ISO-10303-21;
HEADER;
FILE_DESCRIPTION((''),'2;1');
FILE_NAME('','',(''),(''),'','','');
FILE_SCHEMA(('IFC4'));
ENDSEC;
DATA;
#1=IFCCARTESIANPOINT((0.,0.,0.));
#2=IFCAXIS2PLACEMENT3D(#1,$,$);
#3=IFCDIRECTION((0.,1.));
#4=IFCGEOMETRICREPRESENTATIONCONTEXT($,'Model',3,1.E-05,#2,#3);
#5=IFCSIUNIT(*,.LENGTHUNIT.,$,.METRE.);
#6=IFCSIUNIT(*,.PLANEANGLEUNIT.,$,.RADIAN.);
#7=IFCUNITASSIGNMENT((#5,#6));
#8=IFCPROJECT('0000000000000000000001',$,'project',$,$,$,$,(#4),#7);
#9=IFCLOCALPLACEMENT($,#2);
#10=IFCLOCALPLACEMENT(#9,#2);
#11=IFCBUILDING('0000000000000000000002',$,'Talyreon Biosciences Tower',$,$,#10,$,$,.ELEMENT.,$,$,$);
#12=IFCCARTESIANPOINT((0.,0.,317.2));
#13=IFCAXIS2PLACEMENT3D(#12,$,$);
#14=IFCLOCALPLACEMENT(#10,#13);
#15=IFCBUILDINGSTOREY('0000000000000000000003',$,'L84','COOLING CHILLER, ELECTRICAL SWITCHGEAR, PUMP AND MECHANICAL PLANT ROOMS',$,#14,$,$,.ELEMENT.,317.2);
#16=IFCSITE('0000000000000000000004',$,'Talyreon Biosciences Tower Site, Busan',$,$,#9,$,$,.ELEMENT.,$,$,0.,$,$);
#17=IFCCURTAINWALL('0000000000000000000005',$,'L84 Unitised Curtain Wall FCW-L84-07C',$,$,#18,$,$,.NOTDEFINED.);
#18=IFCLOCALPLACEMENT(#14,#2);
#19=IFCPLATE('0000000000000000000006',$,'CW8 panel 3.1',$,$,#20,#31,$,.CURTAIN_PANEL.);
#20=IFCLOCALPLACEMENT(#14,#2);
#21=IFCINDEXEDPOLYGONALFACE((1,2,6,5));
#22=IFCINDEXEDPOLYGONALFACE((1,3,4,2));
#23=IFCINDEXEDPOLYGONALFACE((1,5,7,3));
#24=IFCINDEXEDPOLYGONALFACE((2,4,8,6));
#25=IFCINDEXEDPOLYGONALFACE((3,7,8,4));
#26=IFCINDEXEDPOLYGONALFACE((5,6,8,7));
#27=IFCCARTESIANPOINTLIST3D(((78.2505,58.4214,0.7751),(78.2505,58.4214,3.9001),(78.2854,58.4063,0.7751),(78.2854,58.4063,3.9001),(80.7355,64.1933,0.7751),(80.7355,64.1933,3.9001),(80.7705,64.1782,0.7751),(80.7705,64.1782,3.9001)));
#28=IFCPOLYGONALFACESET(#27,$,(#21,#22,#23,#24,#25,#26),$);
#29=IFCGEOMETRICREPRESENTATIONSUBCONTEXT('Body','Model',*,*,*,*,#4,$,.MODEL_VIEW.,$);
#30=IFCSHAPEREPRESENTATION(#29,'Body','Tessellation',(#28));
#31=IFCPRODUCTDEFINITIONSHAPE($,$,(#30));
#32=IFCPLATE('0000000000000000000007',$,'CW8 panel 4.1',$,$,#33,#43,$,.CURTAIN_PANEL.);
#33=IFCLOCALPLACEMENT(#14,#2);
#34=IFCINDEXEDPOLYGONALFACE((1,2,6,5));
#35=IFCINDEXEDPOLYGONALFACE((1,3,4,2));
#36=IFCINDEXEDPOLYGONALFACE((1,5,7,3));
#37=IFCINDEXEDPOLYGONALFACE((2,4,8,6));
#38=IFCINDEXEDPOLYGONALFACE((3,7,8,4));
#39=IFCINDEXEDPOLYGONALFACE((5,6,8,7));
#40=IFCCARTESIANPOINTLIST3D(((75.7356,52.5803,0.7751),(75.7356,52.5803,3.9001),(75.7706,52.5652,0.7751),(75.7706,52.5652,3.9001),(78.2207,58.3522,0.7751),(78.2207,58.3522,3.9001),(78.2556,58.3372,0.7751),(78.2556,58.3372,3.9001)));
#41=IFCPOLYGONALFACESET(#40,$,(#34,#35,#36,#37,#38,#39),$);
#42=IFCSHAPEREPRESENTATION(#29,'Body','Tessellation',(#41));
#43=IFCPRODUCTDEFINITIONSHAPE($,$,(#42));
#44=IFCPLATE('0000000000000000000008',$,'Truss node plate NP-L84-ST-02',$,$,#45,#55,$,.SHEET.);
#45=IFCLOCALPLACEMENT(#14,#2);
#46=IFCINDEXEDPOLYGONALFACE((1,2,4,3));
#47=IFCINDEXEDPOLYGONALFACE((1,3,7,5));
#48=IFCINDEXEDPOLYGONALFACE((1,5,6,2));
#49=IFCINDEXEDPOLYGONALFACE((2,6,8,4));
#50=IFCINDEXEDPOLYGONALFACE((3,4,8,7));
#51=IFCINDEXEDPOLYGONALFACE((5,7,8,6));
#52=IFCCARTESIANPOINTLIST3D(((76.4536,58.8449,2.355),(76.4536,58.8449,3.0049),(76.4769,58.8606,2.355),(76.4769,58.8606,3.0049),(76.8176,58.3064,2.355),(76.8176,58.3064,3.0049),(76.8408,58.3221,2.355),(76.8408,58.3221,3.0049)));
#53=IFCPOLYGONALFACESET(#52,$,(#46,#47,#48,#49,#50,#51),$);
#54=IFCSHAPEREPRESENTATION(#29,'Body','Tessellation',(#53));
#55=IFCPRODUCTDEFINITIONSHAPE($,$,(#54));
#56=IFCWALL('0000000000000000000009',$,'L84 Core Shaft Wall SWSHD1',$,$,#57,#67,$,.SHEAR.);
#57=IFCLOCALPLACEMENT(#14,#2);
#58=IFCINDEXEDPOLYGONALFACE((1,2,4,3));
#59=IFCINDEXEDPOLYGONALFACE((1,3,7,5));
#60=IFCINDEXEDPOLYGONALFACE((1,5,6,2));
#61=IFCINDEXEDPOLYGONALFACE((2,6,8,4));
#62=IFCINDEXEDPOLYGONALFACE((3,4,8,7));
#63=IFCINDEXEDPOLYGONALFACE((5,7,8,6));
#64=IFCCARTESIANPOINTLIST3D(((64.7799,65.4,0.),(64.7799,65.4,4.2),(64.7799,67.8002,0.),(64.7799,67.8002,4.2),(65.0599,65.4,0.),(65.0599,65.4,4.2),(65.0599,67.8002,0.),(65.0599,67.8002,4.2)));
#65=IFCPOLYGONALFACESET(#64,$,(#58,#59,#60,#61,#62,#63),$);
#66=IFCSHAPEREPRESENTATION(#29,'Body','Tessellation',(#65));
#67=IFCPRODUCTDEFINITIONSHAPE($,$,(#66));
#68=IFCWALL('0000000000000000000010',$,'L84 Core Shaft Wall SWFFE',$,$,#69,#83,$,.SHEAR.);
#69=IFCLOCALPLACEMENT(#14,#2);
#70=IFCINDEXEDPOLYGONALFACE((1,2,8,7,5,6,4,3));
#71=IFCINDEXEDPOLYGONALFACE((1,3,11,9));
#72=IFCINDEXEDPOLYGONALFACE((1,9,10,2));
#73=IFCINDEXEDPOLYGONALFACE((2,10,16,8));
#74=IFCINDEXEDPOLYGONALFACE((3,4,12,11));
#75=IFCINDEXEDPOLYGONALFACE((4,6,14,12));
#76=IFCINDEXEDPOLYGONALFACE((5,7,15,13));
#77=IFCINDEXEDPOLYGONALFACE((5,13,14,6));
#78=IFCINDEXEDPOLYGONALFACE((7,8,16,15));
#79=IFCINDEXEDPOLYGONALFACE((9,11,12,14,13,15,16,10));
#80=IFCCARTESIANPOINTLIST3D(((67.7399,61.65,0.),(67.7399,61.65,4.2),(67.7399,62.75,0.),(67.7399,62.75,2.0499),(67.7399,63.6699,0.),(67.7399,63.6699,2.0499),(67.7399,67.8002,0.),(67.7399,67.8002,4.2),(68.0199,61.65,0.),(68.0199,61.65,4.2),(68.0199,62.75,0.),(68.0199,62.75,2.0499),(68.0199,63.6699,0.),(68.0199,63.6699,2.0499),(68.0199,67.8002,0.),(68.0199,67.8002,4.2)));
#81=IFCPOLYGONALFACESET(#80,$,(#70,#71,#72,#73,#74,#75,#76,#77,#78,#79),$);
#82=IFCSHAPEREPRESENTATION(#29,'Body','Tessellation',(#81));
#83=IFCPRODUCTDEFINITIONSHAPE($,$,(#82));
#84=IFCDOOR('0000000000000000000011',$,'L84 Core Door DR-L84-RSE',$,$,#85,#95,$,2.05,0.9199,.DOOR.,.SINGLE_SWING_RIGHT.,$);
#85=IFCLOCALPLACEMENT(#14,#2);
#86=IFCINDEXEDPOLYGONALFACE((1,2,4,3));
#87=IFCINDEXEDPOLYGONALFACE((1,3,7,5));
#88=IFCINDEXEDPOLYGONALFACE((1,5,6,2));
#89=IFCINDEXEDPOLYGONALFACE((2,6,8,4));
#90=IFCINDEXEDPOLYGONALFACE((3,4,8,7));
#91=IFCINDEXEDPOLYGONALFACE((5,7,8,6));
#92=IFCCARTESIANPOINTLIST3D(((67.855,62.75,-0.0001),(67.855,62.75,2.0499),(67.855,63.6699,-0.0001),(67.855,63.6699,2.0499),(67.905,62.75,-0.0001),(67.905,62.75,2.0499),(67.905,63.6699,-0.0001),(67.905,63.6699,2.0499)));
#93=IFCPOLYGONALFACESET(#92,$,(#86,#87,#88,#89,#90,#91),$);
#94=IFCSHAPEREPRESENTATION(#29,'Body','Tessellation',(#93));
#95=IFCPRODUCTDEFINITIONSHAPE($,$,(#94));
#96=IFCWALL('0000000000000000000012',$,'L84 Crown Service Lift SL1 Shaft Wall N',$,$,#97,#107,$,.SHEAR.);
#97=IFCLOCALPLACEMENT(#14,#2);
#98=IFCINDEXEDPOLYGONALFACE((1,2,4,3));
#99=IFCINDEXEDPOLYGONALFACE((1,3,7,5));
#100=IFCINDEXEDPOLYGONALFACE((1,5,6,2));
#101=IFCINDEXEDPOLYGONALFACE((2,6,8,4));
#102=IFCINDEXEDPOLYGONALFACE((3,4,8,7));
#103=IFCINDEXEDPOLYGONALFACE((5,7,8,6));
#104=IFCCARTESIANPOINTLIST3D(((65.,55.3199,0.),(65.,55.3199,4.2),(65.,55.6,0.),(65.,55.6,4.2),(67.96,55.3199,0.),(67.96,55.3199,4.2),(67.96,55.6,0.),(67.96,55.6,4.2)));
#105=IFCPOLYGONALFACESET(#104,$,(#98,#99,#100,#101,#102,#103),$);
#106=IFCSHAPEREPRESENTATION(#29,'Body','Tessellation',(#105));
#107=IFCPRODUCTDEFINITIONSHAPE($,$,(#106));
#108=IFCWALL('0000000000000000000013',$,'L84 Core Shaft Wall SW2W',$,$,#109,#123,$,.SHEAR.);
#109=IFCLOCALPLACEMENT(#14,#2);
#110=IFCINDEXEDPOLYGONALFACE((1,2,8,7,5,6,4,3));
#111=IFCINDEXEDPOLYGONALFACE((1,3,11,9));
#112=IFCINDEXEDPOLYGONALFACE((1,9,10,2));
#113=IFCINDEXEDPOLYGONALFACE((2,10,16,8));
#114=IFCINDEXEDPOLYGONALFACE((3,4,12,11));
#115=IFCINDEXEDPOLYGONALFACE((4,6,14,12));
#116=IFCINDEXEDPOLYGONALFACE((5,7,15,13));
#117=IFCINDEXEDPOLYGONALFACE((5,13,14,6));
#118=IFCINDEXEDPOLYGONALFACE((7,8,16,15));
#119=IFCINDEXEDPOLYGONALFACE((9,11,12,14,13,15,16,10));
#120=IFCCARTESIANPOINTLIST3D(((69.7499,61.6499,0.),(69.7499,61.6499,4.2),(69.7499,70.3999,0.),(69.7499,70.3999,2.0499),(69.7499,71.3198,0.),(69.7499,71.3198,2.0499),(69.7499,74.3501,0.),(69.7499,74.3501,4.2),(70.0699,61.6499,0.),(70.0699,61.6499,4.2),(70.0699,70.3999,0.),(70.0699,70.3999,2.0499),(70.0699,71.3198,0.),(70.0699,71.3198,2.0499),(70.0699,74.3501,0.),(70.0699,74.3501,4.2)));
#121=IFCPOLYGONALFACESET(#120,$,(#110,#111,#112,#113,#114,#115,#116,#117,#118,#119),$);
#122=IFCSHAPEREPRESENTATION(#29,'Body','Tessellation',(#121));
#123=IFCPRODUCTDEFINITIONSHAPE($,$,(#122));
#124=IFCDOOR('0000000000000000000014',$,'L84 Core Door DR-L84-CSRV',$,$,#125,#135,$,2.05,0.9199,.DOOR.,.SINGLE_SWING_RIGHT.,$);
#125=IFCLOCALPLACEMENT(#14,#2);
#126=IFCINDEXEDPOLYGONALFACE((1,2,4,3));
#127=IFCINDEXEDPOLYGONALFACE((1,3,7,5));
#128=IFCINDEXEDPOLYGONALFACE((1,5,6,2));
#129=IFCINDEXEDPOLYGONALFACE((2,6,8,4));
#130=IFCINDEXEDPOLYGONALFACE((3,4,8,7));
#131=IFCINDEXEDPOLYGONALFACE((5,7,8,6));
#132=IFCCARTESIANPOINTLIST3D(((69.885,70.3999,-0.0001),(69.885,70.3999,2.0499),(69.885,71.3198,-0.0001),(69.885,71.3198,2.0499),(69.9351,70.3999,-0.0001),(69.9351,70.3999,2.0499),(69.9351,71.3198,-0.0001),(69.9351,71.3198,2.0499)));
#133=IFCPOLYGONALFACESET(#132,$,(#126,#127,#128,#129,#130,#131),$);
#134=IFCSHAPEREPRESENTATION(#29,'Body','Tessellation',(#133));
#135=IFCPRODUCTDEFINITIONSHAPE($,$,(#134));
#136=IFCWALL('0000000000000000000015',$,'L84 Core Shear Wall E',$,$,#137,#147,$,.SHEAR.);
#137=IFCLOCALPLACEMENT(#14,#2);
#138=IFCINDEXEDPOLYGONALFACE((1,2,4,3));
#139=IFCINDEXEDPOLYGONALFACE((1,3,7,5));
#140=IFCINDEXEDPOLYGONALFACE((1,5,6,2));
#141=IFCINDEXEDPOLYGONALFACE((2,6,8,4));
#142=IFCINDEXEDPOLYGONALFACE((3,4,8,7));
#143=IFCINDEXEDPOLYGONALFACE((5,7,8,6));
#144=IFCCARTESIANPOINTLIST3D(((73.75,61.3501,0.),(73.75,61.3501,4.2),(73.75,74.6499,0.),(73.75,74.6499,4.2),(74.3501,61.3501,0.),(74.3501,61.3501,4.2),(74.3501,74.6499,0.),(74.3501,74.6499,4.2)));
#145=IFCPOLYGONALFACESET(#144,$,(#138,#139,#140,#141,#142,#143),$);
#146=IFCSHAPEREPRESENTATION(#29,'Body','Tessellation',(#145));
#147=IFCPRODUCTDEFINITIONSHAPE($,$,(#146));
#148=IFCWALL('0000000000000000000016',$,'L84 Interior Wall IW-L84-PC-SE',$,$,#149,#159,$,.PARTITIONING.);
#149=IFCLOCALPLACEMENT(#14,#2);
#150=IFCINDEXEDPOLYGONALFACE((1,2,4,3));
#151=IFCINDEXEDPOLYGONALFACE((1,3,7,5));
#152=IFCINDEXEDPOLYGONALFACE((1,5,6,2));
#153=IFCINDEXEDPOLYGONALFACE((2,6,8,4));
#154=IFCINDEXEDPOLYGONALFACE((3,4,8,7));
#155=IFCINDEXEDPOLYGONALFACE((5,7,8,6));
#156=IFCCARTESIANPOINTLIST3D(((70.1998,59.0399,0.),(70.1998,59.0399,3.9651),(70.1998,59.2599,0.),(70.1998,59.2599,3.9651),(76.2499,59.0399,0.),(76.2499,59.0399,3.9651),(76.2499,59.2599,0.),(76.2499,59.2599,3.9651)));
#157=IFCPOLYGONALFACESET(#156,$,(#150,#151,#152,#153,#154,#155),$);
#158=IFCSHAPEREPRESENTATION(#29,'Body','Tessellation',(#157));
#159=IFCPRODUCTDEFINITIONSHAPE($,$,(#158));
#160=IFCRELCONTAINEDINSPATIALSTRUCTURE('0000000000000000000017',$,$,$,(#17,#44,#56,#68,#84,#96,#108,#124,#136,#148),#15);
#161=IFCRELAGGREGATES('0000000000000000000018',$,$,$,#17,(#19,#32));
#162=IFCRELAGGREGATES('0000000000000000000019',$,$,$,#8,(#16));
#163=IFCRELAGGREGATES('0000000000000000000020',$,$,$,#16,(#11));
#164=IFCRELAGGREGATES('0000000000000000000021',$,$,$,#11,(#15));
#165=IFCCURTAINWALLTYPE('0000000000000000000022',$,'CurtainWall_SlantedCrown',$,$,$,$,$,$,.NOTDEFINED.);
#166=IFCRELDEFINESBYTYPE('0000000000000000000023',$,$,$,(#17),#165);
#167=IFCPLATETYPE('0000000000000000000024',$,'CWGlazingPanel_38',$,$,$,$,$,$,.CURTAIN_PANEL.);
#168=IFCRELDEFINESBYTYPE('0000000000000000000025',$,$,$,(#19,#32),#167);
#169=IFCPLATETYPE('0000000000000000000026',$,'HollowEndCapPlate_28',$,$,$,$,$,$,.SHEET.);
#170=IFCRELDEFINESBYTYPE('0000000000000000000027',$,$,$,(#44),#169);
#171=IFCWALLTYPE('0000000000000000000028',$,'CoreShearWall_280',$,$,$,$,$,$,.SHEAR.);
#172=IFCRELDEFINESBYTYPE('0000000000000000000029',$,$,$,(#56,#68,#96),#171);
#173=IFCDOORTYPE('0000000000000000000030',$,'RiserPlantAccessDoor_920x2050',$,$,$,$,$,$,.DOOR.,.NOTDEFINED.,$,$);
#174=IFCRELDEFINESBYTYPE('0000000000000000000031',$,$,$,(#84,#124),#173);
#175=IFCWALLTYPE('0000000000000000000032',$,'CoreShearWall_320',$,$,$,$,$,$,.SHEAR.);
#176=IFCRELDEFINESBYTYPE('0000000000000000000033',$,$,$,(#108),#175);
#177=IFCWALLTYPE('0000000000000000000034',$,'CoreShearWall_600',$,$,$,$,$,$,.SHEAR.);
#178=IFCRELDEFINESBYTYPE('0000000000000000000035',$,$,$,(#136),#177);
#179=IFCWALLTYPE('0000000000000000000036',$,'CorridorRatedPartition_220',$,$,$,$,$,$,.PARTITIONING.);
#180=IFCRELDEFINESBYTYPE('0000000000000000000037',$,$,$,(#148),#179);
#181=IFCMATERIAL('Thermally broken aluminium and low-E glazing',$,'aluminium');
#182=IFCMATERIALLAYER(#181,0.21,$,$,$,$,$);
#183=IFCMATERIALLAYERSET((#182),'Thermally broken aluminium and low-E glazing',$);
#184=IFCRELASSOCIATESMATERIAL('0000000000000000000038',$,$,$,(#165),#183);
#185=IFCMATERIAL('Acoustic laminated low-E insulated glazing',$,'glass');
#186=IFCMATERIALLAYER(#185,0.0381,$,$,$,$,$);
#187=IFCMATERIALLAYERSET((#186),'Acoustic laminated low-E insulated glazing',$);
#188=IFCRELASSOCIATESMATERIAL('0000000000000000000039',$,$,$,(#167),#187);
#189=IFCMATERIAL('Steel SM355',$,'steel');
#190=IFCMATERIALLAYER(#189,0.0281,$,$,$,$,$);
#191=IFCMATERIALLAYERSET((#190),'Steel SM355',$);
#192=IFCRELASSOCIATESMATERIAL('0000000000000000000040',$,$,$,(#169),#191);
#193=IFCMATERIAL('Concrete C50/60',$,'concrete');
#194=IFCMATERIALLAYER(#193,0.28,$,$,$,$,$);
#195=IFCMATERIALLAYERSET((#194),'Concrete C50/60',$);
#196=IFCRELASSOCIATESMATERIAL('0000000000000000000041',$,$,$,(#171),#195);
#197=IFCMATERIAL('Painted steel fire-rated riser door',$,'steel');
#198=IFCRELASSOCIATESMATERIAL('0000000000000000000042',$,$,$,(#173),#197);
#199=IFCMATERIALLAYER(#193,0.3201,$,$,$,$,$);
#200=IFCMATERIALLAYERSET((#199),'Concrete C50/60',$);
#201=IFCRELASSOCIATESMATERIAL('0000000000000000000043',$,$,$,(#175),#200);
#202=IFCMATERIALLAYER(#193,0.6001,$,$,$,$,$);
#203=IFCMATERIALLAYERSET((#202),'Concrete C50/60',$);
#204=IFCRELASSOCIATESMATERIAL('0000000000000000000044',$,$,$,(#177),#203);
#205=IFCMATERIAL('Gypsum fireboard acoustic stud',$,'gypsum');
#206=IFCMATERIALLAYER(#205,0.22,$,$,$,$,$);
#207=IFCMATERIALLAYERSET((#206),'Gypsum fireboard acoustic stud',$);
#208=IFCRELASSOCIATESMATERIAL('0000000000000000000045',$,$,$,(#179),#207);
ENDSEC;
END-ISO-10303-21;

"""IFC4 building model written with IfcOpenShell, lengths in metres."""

from ifc_helpers import new_model, si_unit, direction, frame, frame_2d, origin, origin_2d, place, context, subcontext, project, spatial, rectangle, extrude, material, layer, layer_set, type_object, element, fill, aggregate, save


model = new_model("IFC4")

# Units and contexts
model_context = context("Model", 3, precision=1e-05, world=origin(), true_north=direction((0.0, 1.0)))
body_context = subcontext(model_context, "Body", "Model", "MODEL_VIEW")
ifc_project = project(units=[si_unit("LENGTHUNIT", "METRE"), si_unit("PLANEANGLEUNIT", "RADIAN")], contexts=[model_context])

# Site, building, storey
site_placement = place(None, origin())
site = spatial("IfcSite", under=ifc_project, at=site_placement, Name="Talyreon Biosciences Tower Site, Busan", CompositionType="ELEMENT", RefElevation=0.0)
building_placement = place(site_placement, origin())
building = spatial("IfcBuilding", under=site, at=building_placement, Name="Talyreon Biosciences Tower", CompositionType="ELEMENT")
storey_placement = place(building_placement, frame((0.0, 0.0, 317.2)))
storey = spatial("IfcBuildingStorey", under=building, at=storey_placement, Name="L84", Description="COOLING CHILLER, ELECTRICAL SWITCHGEAR, PUMP AND MECHANICAL PLANT ROOMS", CompositionType="ELEMENT", Elevation=317.2)

# Shared definitions
ifc_material_1 = material(Name="Concrete C50/60", Category="concrete")

# Curtain wall
ifc_material_2 = material(Name="Thermally broken aluminium and low-E glazing", Category="aluminium")
ifc_layer_1 = layer(ifc_material_2, 0.21)
ifc_layer_set_1 = layer_set([ifc_layer_1], Name="Thermally broken aluminium and low-E glazing")
curtain_wall_type = type_object("IfcCurtainWallType", Name="CurtainWall_SlantedCrown", PredefinedType="NOTDEFINED", material=ifc_layer_set_1)
curtain_wall_placement = place(storey_placement, origin())
curtain_wall = element("IfcCurtainWall", 1, at=curtain_wall_placement, inside=storey, type_object=curtain_wall_type, Name="L84 Unitised Curtain Wall FCW-L84-07C", PredefinedType="NOTDEFINED")

# Shared definitions
ifc_material_3 = material(Name="Steel SM355", Category="steel")

# Plates
ifc_material_4 = material(Name="Acoustic laminated low-E insulated glazing", Category="glass")
ifc_layer_2 = layer(ifc_material_4, 0.0381)
ifc_layer_set_2 = layer_set([ifc_layer_2], Name="Acoustic laminated low-E insulated glazing")
plate_type_1 = type_object("IfcPlateType", Name="CWGlazingPanel_38", PredefinedType="CURTAIN_PANEL", material=ifc_layer_set_2)
plate_1_placement = place(storey_placement, frame((79.5105, 61.2998, 0.7751), z_axis=(0.0, 0.0, 1.0), x_axis=(-0.395451, -0.918487, 0.0)))
plate_1 = element("IfcPlate", 2, at=plate_1_placement, type_object=plate_type_1, Name="CW8 panel 3.1", PredefinedType="CURTAIN_PANEL", context=body_context, shape_type="SweptSolid", body=[
    extrude(rectangle(XDim=6.2842, YDim=0.0381, at=origin_2d()), origin(), (0.0, 0.0, 1.0), 3.125),
])
plate_2_placement = place(storey_placement, frame((76.9956, 55.4587, 0.7751), z_axis=(0.0, 0.0, 1.0), x_axis=(-0.395451, -0.918487, 0.0)))
plate_2 = element("IfcPlate", 3, at=plate_2_placement, type_object=plate_type_1, Name="CW8 panel 4.1", PredefinedType="CURTAIN_PANEL", context=body_context, shape_type="SweptSolid", body=[
    extrude(rectangle(XDim=6.2842, YDim=0.0381, at=origin_2d()), origin(), (0.0, 0.0, 1.0), 3.125),
])
aggregate(curtain_wall, [plate_1, plate_2])
ifc_layer_3 = layer(ifc_material_3, 0.0281)
ifc_layer_set_3 = layer_set([ifc_layer_3], Name="Steel SM355")
plate_type_2 = type_object("IfcPlateType", Name="HollowEndCapPlate_28", PredefinedType="SHEET", material=ifc_layer_set_3)
plate_3_placement = place(storey_placement, frame((76.6472, 58.5835, 2.355), z_axis=(0.0, 0.0, 1.0), x_axis=(0.560017, -0.828481, 0.0)))
element("IfcPlate", 4, at=plate_3_placement, inside=storey, type_object=plate_type_2, Name="Truss node plate NP-L84-ST-02", PredefinedType="SHEET", context=body_context, shape_type="SweptSolid", body=[
    extrude(rectangle(XDim=0.6499, YDim=0.0281, at=origin_2d()), origin(), (0.0, 0.0, 1.0), 0.6499),
])

# Wall
ifc_layer_4 = layer(ifc_material_1, 0.28)
ifc_layer_set_4 = layer_set([ifc_layer_4], Name="Concrete C50/60")
wall_type_1 = type_object("IfcWallType", Name="CoreShearWall_280", PredefinedType="SHEAR", material=ifc_layer_set_4)
wall_1_placement = place(storey_placement, frame((64.9199, 65.3999, 0.0), z_axis=(0.0, 0.0, 1.0), x_axis=(0.0, 1.0, 0.0)))
element("IfcWall", 5, at=wall_1_placement, inside=storey, type_object=wall_type_1, Name="L84 Core Shaft Wall SWSHD1", PredefinedType="SHEAR", context=body_context, shape_type="SweptSolid", body=[
    extrude(rectangle(XDim=2.4001, YDim=0.28, at=frame_2d((1.2002, 0.0))), origin(), (0.0, 0.0, 1.0), 4.2),
])

# Wall, opening, door
wall_2_placement = place(storey_placement, frame((67.8799, 61.6499, 0.0), z_axis=(0.0, 0.0, 1.0), x_axis=(0.0, 1.0, 0.0)))
wall_2 = element("IfcWall", 6, at=wall_2_placement, inside=storey, type_object=wall_type_1, Name="L84 Core Shaft Wall SWFFE", PredefinedType="SHEAR", context=body_context, shape_type="SweptSolid", body=[
    extrude(rectangle(XDim=6.1501, YDim=0.28, at=frame_2d((3.0752, 0.0))), origin(), (0.0, 0.0, 1.0), 4.2),
])
opening_1_placement = place(wall_2_placement, frame((1.1001, 0.0, 0.0)))
opening_1 = element("IfcOpeningElement", 7, at=opening_1_placement, cuts=wall_2, PredefinedType="OPENING", context=body_context, shape_type="SweptSolid", body=[
    extrude(rectangle(XDim=0.9199, YDim=2.05, at=frame_2d((0.46, 1.0249))), frame((0.0, 0.1499, 0.0), z_axis=(0.0, -1.0, 0.0), x_axis=(1.0, 0.0, 0.0)), (0.0, 0.0, 1.0), 0.3),
])
ifc_material_5 = material(Name="Painted steel fire-rated riser door", Category="steel")
door_type_1 = type_object("IfcDoorType", Name="RiserPlantAccessDoor_920x2050", OperationType="NOTDEFINED", PredefinedType="DOOR", material=ifc_material_5)
door_1_placement = place(opening_1_placement, origin())
door_1 = element("IfcDoor", 8, at=door_1_placement, inside=storey, type_object=door_type_1, Name="L84 Core Door DR-L84-RSE", OperationType="SINGLE_SWING_RIGHT", OverallHeight=2.05, OverallWidth=0.9199, PredefinedType="DOOR", context=body_context, shape_type="SweptSolid", body=[
    extrude(rectangle(XDim=0.9199, YDim=2.05, at=frame_2d((0.46, 1.0249))), frame((0.0, 0.0249, 0.0), z_axis=(0.0, -1.0, 0.0), x_axis=(1.0, 0.0, 0.0)), (0.0, 0.0, 1.0), 0.05),
])
fill(opening_1, door_1)

# Wall
wall_3_placement = place(storey_placement, frame((65.0, 55.46, 0.0), z_axis=(0.0, 0.0, 1.0), x_axis=(1.0, 0.0, 0.0)))
element("IfcWall", 9, at=wall_3_placement, inside=storey, type_object=wall_type_1, Name="L84 Crown Service Lift SL1 Shaft Wall N", PredefinedType="SHEAR", context=body_context, shape_type="SweptSolid", body=[
    extrude(rectangle(XDim=2.96, YDim=0.28, at=frame_2d((1.48, 0.0))), origin(), (0.0, 0.0, 1.0), 4.2),
])

# Wall, opening, door
ifc_layer_5 = layer(ifc_material_1, 0.3201)
ifc_layer_set_5 = layer_set([ifc_layer_5], Name="Concrete C50/60")
wall_type_2 = type_object("IfcWallType", Name="CoreShearWall_320", PredefinedType="SHEAR", material=ifc_layer_set_5)
wall_4_placement = place(storey_placement, frame((69.9099, 61.6499, 0.0), z_axis=(0.0, 0.0, 1.0), x_axis=(0.0, 1.0, 0.0)))
wall_4 = element("IfcWall", 10, at=wall_4_placement, inside=storey, type_object=wall_type_2, Name="L84 Core Shaft Wall SW2W", PredefinedType="SHEAR", context=body_context, shape_type="SweptSolid", body=[
    extrude(rectangle(XDim=12.7002, YDim=0.3201, at=frame_2d((6.3501, 0.0))), origin(), (0.0, 0.0, 1.0), 4.2),
])
opening_2_placement = place(wall_4_placement, frame((8.75, 0.0, 0.0)))
opening_2 = element("IfcOpeningElement", 11, at=opening_2_placement, cuts=wall_4, PredefinedType="OPENING", context=body_context, shape_type="SweptSolid", body=[
    extrude(rectangle(XDim=0.9199, YDim=2.05, at=frame_2d((0.46, 1.0249))), frame((0.0, 0.1699, 0.0), z_axis=(0.0, -1.0, 0.0), x_axis=(1.0, 0.0, 0.0)), (0.0, 0.0, 1.0), 0.3401),
])
door_2_placement = place(opening_2_placement, origin())
door_2 = element("IfcDoor", 12, at=door_2_placement, inside=storey, type_object=door_type_1, Name="L84 Core Door DR-L84-CSRV", OperationType="SINGLE_SWING_RIGHT", OverallHeight=2.05, OverallWidth=0.9199, PredefinedType="DOOR", context=body_context, shape_type="SweptSolid", body=[
    extrude(rectangle(XDim=0.9199, YDim=2.05, at=frame_2d((0.46, 1.0249))), frame((0.0, 0.0249, 0.0), z_axis=(0.0, -1.0, 0.0), x_axis=(1.0, 0.0, 0.0)), (0.0, 0.0, 1.0), 0.05),
])
fill(opening_2, door_2)

# Walls
ifc_layer_6 = layer(ifc_material_1, 0.6001)
ifc_layer_set_6 = layer_set([ifc_layer_6], Name="Concrete C50/60")
wall_type_3 = type_object("IfcWallType", Name="CoreShearWall_600", PredefinedType="SHEAR", material=ifc_layer_set_6)
wall_5_placement = place(storey_placement, frame((74.05, 61.3501, 0.0), z_axis=(0.0, 0.0, 1.0), x_axis=(0.0, 1.0, 0.0)))
element("IfcWall", 13, at=wall_5_placement, inside=storey, type_object=wall_type_3, Name="L84 Core Shear Wall E", PredefinedType="SHEAR", context=body_context, shape_type="SweptSolid", body=[
    extrude(rectangle(XDim=13.2998, YDim=0.6001, at=frame_2d((6.6499, 0.0))), origin(), (0.0, 0.0, 1.0), 4.2),
])
ifc_material_6 = material(Name="Gypsum fireboard acoustic stud", Category="gypsum")
ifc_layer_7 = layer(ifc_material_6, 0.22)
ifc_layer_set_7 = layer_set([ifc_layer_7], Name="Gypsum fireboard acoustic stud")
wall_type_4 = type_object("IfcWallType", Name="CorridorRatedPartition_220", PredefinedType="PARTITIONING", material=ifc_layer_set_7)
wall_6_placement = place(storey_placement, frame((70.2, 59.1499, 0.0), z_axis=(0.0, 0.0, 1.0), x_axis=(1.0, 0.0, 0.0)))
element("IfcWall", 14, at=wall_6_placement, inside=storey, type_object=wall_type_4, Name="L84 Interior Wall IW-L84-PC-SE", PredefinedType="PARTITIONING", context=body_context, shape_type="SweptSolid", body=[
    extrude(rectangle(XDim=6.05, YDim=0.22, at=frame_2d((3.0249, 0.0))), origin(), (0.0, 0.0, 1.0), 3.9651),
])

save(model, "model.ifc")
